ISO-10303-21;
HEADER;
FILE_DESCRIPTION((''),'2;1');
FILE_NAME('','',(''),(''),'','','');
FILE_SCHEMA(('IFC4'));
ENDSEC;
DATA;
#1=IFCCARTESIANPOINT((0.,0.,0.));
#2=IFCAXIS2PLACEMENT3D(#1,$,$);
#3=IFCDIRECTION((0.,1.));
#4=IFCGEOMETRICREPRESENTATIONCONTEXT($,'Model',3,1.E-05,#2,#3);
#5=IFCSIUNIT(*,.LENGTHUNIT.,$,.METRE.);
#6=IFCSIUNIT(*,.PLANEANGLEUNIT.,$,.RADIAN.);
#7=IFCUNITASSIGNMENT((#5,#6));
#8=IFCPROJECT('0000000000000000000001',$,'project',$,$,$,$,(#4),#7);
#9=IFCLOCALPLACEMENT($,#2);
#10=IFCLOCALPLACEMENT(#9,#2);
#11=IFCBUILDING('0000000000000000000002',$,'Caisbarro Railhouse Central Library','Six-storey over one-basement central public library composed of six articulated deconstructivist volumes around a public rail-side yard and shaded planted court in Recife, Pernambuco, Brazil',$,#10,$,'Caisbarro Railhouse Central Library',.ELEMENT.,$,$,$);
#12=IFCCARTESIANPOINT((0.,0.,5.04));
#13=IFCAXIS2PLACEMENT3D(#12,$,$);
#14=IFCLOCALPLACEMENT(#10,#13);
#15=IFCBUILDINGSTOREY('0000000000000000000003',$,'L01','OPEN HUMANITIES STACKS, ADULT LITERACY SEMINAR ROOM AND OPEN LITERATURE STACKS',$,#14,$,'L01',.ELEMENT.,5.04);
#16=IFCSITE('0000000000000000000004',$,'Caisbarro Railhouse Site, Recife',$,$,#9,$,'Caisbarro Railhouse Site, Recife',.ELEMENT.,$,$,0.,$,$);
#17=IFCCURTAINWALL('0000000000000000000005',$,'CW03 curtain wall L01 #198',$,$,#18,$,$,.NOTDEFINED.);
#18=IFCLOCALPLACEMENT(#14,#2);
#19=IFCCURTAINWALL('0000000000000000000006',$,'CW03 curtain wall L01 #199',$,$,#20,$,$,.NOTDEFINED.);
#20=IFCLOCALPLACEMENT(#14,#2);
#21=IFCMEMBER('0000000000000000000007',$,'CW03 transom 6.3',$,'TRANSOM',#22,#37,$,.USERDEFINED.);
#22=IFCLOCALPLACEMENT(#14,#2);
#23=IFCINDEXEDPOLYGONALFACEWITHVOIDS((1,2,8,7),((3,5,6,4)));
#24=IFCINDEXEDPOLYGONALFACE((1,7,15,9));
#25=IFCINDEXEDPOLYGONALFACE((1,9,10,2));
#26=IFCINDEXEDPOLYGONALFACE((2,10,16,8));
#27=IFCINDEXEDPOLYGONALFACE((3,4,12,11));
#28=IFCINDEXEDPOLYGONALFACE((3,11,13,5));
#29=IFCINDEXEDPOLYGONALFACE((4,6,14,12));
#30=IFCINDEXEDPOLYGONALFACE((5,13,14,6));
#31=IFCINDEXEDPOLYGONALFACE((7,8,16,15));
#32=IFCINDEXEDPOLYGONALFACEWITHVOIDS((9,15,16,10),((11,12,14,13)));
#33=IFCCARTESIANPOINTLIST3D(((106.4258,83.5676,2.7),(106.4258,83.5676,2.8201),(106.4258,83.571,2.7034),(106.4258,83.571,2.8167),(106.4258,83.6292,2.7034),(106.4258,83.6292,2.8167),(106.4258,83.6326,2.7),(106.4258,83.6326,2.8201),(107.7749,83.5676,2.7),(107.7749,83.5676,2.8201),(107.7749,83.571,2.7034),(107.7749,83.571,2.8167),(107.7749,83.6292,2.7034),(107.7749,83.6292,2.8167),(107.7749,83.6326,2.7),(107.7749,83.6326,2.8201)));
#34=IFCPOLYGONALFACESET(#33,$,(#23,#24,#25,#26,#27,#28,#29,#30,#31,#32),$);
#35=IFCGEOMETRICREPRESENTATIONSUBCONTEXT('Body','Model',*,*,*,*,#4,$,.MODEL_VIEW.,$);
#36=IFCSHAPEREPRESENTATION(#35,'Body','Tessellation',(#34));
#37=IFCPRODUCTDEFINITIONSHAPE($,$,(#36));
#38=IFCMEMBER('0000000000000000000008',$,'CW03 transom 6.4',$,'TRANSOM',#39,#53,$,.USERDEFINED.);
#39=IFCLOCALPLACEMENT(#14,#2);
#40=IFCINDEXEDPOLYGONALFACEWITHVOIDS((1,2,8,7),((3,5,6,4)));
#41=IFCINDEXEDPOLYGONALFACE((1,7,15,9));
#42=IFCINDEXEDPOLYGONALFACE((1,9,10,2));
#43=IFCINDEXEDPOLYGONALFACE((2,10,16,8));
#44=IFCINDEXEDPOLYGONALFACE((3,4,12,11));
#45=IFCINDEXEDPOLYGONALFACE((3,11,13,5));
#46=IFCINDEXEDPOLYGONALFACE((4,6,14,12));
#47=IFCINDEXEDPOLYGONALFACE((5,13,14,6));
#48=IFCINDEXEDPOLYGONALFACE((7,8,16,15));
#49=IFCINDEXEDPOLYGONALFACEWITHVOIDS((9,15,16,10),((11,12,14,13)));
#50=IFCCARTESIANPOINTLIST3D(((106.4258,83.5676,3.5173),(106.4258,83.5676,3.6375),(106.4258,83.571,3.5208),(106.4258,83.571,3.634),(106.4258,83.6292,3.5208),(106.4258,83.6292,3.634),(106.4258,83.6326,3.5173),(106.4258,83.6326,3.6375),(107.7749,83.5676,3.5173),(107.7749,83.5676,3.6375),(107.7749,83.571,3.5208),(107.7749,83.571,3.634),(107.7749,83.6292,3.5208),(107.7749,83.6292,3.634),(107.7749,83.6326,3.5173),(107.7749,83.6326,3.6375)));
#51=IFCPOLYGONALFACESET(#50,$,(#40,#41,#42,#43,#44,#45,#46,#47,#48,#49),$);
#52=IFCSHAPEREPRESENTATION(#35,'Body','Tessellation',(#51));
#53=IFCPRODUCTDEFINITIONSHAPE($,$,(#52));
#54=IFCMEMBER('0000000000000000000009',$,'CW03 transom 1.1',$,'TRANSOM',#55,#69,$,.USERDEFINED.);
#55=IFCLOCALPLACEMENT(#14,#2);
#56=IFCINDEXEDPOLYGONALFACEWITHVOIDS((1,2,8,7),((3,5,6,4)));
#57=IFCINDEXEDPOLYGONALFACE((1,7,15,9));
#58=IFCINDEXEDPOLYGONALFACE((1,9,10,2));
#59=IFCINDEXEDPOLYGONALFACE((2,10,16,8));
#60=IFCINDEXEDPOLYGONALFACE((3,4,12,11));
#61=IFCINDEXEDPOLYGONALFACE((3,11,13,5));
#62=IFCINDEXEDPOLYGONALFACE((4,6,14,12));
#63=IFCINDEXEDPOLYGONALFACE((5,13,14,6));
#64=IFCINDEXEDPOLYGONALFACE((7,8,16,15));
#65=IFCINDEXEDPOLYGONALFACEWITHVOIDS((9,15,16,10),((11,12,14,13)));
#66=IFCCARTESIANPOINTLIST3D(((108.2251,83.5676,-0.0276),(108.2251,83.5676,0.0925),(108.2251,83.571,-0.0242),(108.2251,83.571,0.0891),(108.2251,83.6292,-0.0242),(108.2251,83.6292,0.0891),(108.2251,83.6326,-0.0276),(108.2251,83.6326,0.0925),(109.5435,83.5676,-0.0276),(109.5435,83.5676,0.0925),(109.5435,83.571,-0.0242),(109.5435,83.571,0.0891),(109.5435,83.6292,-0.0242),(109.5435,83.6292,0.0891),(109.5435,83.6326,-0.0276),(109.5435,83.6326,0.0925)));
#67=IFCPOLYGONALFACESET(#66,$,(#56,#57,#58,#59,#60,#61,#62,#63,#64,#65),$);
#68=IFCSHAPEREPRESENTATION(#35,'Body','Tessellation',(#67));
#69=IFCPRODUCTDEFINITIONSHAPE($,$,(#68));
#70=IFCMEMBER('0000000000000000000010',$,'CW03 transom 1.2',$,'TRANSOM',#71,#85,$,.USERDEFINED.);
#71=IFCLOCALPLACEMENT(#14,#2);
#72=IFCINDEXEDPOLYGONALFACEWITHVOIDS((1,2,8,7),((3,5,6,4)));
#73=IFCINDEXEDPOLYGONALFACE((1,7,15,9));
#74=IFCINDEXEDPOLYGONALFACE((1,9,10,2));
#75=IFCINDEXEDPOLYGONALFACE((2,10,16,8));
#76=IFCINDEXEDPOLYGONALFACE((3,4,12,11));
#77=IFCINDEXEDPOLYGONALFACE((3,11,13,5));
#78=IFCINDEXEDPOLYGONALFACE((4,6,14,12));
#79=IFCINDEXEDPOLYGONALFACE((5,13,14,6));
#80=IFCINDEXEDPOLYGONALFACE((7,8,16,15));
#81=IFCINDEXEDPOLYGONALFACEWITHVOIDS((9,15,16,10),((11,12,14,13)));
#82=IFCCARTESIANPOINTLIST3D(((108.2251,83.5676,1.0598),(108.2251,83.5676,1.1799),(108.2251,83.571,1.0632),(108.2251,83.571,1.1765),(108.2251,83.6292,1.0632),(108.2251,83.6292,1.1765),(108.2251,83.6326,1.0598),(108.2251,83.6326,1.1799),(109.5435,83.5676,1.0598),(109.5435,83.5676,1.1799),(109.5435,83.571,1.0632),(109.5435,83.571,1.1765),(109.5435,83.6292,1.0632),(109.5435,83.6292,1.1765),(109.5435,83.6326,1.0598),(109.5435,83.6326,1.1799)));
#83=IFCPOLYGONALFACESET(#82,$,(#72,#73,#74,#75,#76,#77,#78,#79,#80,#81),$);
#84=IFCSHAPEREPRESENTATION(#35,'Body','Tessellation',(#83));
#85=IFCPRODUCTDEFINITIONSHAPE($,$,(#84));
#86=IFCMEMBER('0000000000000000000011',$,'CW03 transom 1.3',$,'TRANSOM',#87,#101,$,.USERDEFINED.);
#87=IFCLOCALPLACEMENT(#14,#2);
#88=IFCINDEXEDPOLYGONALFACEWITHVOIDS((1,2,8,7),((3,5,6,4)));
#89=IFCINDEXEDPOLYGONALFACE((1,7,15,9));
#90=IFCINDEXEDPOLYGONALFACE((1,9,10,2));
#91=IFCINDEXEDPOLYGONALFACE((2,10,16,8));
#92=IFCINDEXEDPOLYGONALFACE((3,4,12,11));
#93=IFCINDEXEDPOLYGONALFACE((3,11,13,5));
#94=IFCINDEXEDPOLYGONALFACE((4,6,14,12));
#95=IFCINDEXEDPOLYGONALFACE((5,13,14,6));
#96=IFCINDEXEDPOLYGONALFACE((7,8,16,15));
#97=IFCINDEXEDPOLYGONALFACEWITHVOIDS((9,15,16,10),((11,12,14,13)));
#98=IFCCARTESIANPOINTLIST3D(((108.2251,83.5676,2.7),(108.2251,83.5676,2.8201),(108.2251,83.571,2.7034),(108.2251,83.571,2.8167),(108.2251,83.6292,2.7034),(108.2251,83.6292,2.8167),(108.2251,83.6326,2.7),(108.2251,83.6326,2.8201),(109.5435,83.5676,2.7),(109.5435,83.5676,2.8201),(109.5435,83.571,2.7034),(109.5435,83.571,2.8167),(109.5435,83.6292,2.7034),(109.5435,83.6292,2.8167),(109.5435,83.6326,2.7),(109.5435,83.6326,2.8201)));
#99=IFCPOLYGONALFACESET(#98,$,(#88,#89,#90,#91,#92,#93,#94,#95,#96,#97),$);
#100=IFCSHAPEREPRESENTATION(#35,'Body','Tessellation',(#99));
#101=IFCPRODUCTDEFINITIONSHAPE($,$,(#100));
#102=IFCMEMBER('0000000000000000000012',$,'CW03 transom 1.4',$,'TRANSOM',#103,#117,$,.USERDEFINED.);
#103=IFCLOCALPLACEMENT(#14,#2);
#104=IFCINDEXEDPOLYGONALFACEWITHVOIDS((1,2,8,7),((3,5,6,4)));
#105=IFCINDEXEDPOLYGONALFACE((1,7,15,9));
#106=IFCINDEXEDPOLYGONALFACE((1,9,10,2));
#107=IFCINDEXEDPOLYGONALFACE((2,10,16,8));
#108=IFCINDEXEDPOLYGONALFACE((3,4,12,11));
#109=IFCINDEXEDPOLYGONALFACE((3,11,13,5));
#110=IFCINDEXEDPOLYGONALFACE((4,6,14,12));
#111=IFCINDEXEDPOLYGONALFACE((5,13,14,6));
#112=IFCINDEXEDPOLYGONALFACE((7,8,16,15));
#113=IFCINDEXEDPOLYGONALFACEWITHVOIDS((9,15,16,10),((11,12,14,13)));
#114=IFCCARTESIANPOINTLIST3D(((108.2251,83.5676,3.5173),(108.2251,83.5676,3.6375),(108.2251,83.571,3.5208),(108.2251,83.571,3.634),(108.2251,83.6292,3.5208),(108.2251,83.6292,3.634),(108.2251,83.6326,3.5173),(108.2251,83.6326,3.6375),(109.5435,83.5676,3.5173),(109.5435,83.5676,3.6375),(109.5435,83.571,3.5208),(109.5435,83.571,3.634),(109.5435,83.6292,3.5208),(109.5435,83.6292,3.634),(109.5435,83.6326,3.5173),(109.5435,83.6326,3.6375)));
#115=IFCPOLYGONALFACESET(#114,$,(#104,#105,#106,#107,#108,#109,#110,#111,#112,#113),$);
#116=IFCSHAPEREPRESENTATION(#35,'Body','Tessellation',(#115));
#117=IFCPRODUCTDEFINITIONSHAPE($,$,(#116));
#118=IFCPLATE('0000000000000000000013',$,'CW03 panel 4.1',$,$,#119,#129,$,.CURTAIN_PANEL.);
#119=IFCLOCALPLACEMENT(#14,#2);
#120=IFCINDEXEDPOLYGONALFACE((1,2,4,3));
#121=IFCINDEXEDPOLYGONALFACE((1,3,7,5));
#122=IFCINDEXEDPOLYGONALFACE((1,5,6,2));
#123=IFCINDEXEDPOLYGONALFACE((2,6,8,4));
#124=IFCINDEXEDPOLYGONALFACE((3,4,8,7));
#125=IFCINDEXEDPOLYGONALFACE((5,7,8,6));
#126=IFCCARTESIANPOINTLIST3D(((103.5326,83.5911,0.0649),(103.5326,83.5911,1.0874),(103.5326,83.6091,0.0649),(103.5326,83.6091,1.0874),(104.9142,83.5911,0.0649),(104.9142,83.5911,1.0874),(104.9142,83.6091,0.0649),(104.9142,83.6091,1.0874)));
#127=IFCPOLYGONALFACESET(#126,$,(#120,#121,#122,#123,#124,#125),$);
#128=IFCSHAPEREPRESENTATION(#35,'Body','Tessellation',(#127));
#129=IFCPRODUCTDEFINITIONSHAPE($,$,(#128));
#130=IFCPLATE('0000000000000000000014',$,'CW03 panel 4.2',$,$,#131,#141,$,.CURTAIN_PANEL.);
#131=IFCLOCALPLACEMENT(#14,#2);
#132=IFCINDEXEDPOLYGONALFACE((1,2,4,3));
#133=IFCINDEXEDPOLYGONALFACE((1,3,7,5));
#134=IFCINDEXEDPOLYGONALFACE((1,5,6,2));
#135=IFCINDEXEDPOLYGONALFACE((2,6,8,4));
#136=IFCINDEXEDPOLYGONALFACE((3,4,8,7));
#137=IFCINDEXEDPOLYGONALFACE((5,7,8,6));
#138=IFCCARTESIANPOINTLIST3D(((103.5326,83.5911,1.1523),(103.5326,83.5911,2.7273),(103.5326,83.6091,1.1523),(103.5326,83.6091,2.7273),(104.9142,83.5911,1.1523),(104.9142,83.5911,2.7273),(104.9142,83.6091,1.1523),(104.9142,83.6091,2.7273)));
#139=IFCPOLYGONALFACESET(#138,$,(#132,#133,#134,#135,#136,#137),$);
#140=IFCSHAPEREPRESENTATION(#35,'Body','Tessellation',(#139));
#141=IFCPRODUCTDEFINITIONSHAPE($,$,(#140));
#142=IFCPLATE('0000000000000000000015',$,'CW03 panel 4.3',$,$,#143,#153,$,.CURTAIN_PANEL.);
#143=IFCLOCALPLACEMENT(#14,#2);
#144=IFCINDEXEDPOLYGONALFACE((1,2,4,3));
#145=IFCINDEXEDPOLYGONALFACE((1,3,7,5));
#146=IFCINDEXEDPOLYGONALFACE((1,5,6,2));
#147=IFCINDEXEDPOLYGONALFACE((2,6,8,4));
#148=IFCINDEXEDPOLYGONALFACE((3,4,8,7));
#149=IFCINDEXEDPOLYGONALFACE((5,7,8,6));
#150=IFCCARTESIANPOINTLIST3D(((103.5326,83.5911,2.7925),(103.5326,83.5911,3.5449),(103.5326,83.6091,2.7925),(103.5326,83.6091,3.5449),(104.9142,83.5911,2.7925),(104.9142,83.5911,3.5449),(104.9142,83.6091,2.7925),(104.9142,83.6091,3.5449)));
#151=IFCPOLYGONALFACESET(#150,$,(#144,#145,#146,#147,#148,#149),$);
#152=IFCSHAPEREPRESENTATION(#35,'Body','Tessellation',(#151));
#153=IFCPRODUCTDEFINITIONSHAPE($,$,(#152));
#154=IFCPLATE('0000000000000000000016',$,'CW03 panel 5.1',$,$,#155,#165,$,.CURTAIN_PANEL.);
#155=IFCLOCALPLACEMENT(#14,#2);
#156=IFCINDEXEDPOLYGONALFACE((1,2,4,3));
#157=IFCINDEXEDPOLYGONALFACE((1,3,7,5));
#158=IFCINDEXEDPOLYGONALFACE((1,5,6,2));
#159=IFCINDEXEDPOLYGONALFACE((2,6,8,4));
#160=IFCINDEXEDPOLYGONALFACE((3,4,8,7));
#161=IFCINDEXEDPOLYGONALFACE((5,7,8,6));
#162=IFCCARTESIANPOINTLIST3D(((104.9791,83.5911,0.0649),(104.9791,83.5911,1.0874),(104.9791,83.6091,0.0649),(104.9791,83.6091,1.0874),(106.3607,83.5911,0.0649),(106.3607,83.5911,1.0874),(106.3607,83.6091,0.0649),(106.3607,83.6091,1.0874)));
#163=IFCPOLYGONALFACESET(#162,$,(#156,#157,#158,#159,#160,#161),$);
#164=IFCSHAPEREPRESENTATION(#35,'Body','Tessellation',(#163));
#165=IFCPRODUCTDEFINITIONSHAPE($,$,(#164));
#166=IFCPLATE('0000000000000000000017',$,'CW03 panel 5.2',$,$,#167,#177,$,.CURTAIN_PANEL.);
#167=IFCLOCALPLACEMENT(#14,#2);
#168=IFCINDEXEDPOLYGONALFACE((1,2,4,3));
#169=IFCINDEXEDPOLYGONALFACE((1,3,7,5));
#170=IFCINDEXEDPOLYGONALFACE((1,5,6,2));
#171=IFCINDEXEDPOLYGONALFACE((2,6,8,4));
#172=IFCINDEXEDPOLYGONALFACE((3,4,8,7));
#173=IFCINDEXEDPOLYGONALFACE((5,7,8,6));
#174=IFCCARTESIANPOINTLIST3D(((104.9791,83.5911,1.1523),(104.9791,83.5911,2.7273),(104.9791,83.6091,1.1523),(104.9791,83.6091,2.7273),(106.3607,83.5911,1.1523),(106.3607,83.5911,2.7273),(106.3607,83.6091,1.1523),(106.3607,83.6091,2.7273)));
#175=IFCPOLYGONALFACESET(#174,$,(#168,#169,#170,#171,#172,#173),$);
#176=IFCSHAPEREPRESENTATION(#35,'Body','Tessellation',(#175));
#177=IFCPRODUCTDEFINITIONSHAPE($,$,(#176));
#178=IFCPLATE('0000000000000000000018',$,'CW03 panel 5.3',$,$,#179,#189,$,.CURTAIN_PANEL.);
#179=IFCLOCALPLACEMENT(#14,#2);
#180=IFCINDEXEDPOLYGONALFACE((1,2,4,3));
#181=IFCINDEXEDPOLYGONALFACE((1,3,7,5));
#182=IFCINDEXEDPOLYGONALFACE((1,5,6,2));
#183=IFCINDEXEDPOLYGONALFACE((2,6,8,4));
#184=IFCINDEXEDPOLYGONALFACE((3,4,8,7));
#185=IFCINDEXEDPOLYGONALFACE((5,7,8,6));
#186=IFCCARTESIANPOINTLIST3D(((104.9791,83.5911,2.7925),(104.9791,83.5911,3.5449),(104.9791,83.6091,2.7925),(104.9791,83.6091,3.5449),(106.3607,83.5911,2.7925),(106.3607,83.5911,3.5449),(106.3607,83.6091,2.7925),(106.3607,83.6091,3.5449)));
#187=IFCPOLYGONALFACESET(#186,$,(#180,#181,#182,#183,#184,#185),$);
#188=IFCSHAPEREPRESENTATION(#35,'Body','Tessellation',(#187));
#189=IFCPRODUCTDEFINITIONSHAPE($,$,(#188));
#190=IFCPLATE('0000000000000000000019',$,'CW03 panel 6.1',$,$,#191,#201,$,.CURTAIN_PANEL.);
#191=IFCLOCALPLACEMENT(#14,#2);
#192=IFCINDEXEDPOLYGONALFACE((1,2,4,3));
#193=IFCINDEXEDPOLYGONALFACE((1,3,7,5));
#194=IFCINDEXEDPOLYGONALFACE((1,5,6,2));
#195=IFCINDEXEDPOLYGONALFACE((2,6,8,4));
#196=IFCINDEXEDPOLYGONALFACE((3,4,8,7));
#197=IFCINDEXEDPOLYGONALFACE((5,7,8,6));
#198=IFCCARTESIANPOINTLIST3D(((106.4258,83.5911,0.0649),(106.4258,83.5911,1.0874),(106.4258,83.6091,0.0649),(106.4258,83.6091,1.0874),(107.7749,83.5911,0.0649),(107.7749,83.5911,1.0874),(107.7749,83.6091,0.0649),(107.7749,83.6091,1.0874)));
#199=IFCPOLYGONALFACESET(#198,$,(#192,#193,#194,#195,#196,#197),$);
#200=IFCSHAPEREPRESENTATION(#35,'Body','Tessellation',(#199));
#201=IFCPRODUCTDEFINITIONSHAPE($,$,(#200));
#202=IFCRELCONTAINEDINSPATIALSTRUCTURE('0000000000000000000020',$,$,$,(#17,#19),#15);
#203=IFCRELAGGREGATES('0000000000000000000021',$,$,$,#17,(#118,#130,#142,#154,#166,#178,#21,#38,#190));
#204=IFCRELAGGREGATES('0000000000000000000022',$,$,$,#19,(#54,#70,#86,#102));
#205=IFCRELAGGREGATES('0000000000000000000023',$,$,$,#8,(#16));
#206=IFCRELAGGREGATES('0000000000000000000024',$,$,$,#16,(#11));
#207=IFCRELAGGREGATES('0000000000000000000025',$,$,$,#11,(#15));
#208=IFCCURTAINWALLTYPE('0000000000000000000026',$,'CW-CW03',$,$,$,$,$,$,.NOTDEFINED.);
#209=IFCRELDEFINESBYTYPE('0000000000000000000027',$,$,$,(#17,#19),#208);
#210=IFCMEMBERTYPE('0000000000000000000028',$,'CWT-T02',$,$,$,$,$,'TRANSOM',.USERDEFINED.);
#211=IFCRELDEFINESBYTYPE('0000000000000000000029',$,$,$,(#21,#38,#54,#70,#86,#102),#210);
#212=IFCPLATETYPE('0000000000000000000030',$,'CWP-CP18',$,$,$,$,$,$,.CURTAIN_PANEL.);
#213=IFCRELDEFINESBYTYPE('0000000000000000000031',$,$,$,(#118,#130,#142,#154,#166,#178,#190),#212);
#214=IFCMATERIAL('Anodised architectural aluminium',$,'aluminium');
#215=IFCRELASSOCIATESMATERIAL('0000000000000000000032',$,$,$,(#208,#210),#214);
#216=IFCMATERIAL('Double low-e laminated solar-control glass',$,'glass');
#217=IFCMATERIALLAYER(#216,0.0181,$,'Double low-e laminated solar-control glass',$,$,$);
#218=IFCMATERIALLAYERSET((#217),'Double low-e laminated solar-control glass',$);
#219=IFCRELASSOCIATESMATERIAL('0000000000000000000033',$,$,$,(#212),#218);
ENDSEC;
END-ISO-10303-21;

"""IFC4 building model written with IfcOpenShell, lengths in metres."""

from ifc_helpers import new_model, si_unit, direction, frame, origin, origin_2d, place, context, subcontext, project, spatial, rectangle, hollow_rectangle, extrude, material, layer, layer_set, material_profile, profile_set, type_object, element, aggregate, save


model = new_model("IFC4")

# Units and contexts
model_context = context("Model", 3, precision=1e-05, world=origin(), true_north=direction((0.0, 1.0)))
body_context = subcontext(model_context, "Body", "Model", "MODEL_VIEW")
ifc_project = project(units=[si_unit("LENGTHUNIT", "METRE"), si_unit("PLANEANGLEUNIT", "RADIAN")], contexts=[model_context])

# Site, building, storey
site_placement = place(None, origin())
site = spatial("IfcSite", under=ifc_project, at=site_placement, Name="Caisbarro Railhouse Site, Recife", LongName="Caisbarro Railhouse Site, Recife", CompositionType="ELEMENT", RefElevation=0.0)
building_placement = place(site_placement, origin())
building = spatial("IfcBuilding", under=site, at=building_placement, Name="Caisbarro Railhouse Central Library", Description="Six-storey over one-basement central public library composed of six articulated deconstructivist volumes around a public rail-side yard and shaded planted court in Recife, Pernambuco, Brazil", LongName="Caisbarro Railhouse Central Library", CompositionType="ELEMENT")
storey_placement = place(building_placement, frame((0.0, 0.0, 5.04)))
storey = spatial("IfcBuildingStorey", under=building, at=storey_placement, Name="L01", Description="OPEN HUMANITIES STACKS, ADULT LITERACY SEMINAR ROOM AND OPEN LITERATURE STACKS", LongName="L01", CompositionType="ELEMENT", Elevation=5.04)

# Curtain wall
ifc_material_1 = material(Name="Anodised architectural aluminium", Category="aluminium")
curtain_wall_type = type_object("IfcCurtainWallType", Name="CW-CW03", PredefinedType="NOTDEFINED", material=ifc_material_1)
curtain_wall_1_placement = place(storey_placement, origin())
curtain_wall_1 = element("IfcCurtainWall", 1, at=curtain_wall_1_placement, inside=storey, type_object=curtain_wall_type, Name="CW03 curtain wall L01 #198", PredefinedType="NOTDEFINED")

# Curtain wall
curtain_wall_2_placement = place(storey_placement, origin())
curtain_wall_2 = element("IfcCurtainWall", 2, at=curtain_wall_2_placement, inside=storey, type_object=curtain_wall_type, Name="CW03 curtain wall L01 #199", PredefinedType="NOTDEFINED")

# Members
ifc_material_profile_1 = material_profile(ifc_material_1, hollow_rectangle(XDim=0.0649, YDim=0.1201, WallThickness=0.0034, at=origin_2d()), Name="ALU-TRN-65X120")
ifc_profile_set_1 = profile_set([ifc_material_profile_1], Name="Anodised architectural aluminium")
member_type_1 = type_object("IfcMemberType", Name="CWT-T02", ElementType="TRANSOM", PredefinedType="USERDEFINED", material=ifc_profile_set_1)
member_1_placement = place(storey_placement, frame((106.4258, 83.6001, 2.76), z_axis=(1.0, 0.0, 0.0), x_axis=(0.0, 1.0, 0.0)))
member_1 = element("IfcMember", 3, at=member_1_placement, type_object=member_type_1, Name="CW03 transom 6.3", ObjectType="TRANSOM", PredefinedType="USERDEFINED", context=body_context, shape_type="SweptSolid", body=[
    extrude(hollow_rectangle(XDim=0.0649, YDim=0.1201, WallThickness=0.0034, at=origin_2d()), origin(), (0.0, 0.0, 1.0), 1.3491),
])
member_2_placement = place(storey_placement, frame((106.4258, 83.6001, 3.5774), z_axis=(1.0, 0.0, 0.0), x_axis=(0.0, 1.0, 0.0)))
member_2 = element("IfcMember", 4, at=member_2_placement, type_object=member_type_1, Name="CW03 transom 6.4", ObjectType="TRANSOM", PredefinedType="USERDEFINED", context=body_context, shape_type="SweptSolid", body=[
    extrude(hollow_rectangle(XDim=0.0649, YDim=0.1201, WallThickness=0.0034, at=origin_2d()), origin(), (0.0, 0.0, 1.0), 1.3491),
])
member_3_placement = place(storey_placement, frame((108.2251, 83.6001, 0.0325), z_axis=(1.0, 0.0, 0.0), x_axis=(0.0, 1.0, 0.0)))
member_3 = element("IfcMember", 5, at=member_3_placement, type_object=member_type_1, Name="CW03 transom 1.1", ObjectType="TRANSOM", PredefinedType="USERDEFINED", context=body_context, shape_type="SweptSolid", body=[
    extrude(hollow_rectangle(XDim=0.0649, YDim=0.1201, WallThickness=0.0034, at=origin_2d()), origin(), (0.0, 0.0, 1.0), 1.3184),
])
member_4_placement = place(storey_placement, frame((108.2251, 83.6001, 1.1199), z_axis=(1.0, 0.0, 0.0), x_axis=(0.0, 1.0, 0.0)))
member_4 = element("IfcMember", 6, at=member_4_placement, type_object=member_type_1, Name="CW03 transom 1.2", ObjectType="TRANSOM", PredefinedType="USERDEFINED", context=body_context, shape_type="SweptSolid", body=[
    extrude(hollow_rectangle(XDim=0.0649, YDim=0.1201, WallThickness=0.0034, at=origin_2d()), origin(), (0.0, 0.0, 1.0), 1.3184),
])
member_5_placement = place(storey_placement, frame((108.2251, 83.6001, 2.76), z_axis=(1.0, 0.0, 0.0), x_axis=(0.0, 1.0, 0.0)))
member_5 = element("IfcMember", 7, at=member_5_placement, type_object=member_type_1, Name="CW03 transom 1.3", ObjectType="TRANSOM", PredefinedType="USERDEFINED", context=body_context, shape_type="SweptSolid", body=[
    extrude(hollow_rectangle(XDim=0.0649, YDim=0.1201, WallThickness=0.0034, at=origin_2d()), origin(), (0.0, 0.0, 1.0), 1.3184),
])
member_6_placement = place(storey_placement, frame((108.2251, 83.6001, 3.5774), z_axis=(1.0, 0.0, 0.0), x_axis=(0.0, 1.0, 0.0)))
member_6 = element("IfcMember", 8, at=member_6_placement, type_object=member_type_1, Name="CW03 transom 1.4", ObjectType="TRANSOM", PredefinedType="USERDEFINED", context=body_context, shape_type="SweptSolid", body=[
    extrude(hollow_rectangle(XDim=0.0649, YDim=0.1201, WallThickness=0.0034, at=origin_2d()), origin(), (0.0, 0.0, 1.0), 1.3184),
])

# Plates
ifc_material_2 = material(Name="Double low-e laminated solar-control glass", Category="glass")
ifc_layer = layer(ifc_material_2, 0.0181, Name="Double low-e laminated solar-control glass")
ifc_layer_set = layer_set([ifc_layer], Name="Double low-e laminated solar-control glass")
plate_type = type_object("IfcPlateType", Name="CWP-CP18", PredefinedType="CURTAIN_PANEL", material=ifc_layer_set)
plate_1_placement = place(storey_placement, frame((104.2234, 83.6001, 0.0649), z_axis=(0.0, 0.0, 1.0), x_axis=(1.0, 0.0, 0.0)))
plate_1 = element("IfcPlate", 9, at=plate_1_placement, type_object=plate_type, Name="CW03 panel 4.1", PredefinedType="CURTAIN_PANEL", context=body_context, shape_type="SweptSolid", body=[
    extrude(rectangle(XDim=1.3816, YDim=0.0181, at=origin_2d()), origin(), (0.0, 0.0, 1.0), 1.0225),
])
plate_2_placement = place(storey_placement, frame((104.2234, 83.6001, 1.1523), z_axis=(0.0, 0.0, 1.0), x_axis=(1.0, 0.0, 0.0)))
plate_2 = element("IfcPlate", 10, at=plate_2_placement, type_object=plate_type, Name="CW03 panel 4.2", PredefinedType="CURTAIN_PANEL", context=body_context, shape_type="SweptSolid", body=[
    extrude(rectangle(XDim=1.3816, YDim=0.0181, at=origin_2d()), origin(), (0.0, 0.0, 1.0), 1.575),
])
plate_3_placement = place(storey_placement, frame((104.2234, 83.6001, 2.7925), z_axis=(0.0, 0.0, 1.0), x_axis=(1.0, 0.0, 0.0)))
plate_3 = element("IfcPlate", 11, at=plate_3_placement, type_object=plate_type, Name="CW03 panel 4.3", PredefinedType="CURTAIN_PANEL", context=body_context, shape_type="SweptSolid", body=[
    extrude(rectangle(XDim=1.3816, YDim=0.0181, at=origin_2d()), origin(), (0.0, 0.0, 1.0), 0.7524),
])
plate_4_placement = place(storey_placement, frame((105.6699, 83.6001, 0.0649), z_axis=(0.0, 0.0, 1.0), x_axis=(1.0, 0.0, 0.0)))
plate_4 = element("IfcPlate", 12, at=plate_4_placement, type_object=plate_type, Name="CW03 panel 5.1", PredefinedType="CURTAIN_PANEL", context=body_context, shape_type="SweptSolid", body=[
    extrude(rectangle(XDim=1.3816, YDim=0.0181, at=origin_2d()), origin(), (0.0, 0.0, 1.0), 1.0225),
])
plate_5_placement = place(storey_placement, frame((105.6699, 83.6001, 1.1523), z_axis=(0.0, 0.0, 1.0), x_axis=(1.0, 0.0, 0.0)))
plate_5 = element("IfcPlate", 13, at=plate_5_placement, type_object=plate_type, Name="CW03 panel 5.2", PredefinedType="CURTAIN_PANEL", context=body_context, shape_type="SweptSolid", body=[
    extrude(rectangle(XDim=1.3816, YDim=0.0181, at=origin_2d()), origin(), (0.0, 0.0, 1.0), 1.575),
])
plate_6_placement = place(storey_placement, frame((105.6699, 83.6001, 2.7925), z_axis=(0.0, 0.0, 1.0), x_axis=(1.0, 0.0, 0.0)))
plate_6 = element("IfcPlate", 14, at=plate_6_placement, type_object=plate_type, Name="CW03 panel 5.3", PredefinedType="CURTAIN_PANEL", context=body_context, shape_type="SweptSolid", body=[
    extrude(rectangle(XDim=1.3816, YDim=0.0181, at=origin_2d()), origin(), (0.0, 0.0, 1.0), 0.7524),
])
plate_7_placement = place(storey_placement, frame((107.1003, 83.6001, 0.0649), z_axis=(0.0, 0.0, 1.0), x_axis=(1.0, 0.0, 0.0)))
plate_7 = element("IfcPlate", 15, at=plate_7_placement, type_object=plate_type, Name="CW03 panel 6.1", PredefinedType="CURTAIN_PANEL", context=body_context, shape_type="SweptSolid", body=[
    extrude(rectangle(XDim=1.3491, YDim=0.0181, at=origin_2d()), origin(), (0.0, 0.0, 1.0), 1.0225),
])
aggregate(curtain_wall_1, [plate_1, plate_2, plate_3, plate_4, plate_5, plate_6, member_1, member_2, plate_7])
aggregate(curtain_wall_2, [member_3, member_4, member_5, member_6])

save(model, "model.ifc")
